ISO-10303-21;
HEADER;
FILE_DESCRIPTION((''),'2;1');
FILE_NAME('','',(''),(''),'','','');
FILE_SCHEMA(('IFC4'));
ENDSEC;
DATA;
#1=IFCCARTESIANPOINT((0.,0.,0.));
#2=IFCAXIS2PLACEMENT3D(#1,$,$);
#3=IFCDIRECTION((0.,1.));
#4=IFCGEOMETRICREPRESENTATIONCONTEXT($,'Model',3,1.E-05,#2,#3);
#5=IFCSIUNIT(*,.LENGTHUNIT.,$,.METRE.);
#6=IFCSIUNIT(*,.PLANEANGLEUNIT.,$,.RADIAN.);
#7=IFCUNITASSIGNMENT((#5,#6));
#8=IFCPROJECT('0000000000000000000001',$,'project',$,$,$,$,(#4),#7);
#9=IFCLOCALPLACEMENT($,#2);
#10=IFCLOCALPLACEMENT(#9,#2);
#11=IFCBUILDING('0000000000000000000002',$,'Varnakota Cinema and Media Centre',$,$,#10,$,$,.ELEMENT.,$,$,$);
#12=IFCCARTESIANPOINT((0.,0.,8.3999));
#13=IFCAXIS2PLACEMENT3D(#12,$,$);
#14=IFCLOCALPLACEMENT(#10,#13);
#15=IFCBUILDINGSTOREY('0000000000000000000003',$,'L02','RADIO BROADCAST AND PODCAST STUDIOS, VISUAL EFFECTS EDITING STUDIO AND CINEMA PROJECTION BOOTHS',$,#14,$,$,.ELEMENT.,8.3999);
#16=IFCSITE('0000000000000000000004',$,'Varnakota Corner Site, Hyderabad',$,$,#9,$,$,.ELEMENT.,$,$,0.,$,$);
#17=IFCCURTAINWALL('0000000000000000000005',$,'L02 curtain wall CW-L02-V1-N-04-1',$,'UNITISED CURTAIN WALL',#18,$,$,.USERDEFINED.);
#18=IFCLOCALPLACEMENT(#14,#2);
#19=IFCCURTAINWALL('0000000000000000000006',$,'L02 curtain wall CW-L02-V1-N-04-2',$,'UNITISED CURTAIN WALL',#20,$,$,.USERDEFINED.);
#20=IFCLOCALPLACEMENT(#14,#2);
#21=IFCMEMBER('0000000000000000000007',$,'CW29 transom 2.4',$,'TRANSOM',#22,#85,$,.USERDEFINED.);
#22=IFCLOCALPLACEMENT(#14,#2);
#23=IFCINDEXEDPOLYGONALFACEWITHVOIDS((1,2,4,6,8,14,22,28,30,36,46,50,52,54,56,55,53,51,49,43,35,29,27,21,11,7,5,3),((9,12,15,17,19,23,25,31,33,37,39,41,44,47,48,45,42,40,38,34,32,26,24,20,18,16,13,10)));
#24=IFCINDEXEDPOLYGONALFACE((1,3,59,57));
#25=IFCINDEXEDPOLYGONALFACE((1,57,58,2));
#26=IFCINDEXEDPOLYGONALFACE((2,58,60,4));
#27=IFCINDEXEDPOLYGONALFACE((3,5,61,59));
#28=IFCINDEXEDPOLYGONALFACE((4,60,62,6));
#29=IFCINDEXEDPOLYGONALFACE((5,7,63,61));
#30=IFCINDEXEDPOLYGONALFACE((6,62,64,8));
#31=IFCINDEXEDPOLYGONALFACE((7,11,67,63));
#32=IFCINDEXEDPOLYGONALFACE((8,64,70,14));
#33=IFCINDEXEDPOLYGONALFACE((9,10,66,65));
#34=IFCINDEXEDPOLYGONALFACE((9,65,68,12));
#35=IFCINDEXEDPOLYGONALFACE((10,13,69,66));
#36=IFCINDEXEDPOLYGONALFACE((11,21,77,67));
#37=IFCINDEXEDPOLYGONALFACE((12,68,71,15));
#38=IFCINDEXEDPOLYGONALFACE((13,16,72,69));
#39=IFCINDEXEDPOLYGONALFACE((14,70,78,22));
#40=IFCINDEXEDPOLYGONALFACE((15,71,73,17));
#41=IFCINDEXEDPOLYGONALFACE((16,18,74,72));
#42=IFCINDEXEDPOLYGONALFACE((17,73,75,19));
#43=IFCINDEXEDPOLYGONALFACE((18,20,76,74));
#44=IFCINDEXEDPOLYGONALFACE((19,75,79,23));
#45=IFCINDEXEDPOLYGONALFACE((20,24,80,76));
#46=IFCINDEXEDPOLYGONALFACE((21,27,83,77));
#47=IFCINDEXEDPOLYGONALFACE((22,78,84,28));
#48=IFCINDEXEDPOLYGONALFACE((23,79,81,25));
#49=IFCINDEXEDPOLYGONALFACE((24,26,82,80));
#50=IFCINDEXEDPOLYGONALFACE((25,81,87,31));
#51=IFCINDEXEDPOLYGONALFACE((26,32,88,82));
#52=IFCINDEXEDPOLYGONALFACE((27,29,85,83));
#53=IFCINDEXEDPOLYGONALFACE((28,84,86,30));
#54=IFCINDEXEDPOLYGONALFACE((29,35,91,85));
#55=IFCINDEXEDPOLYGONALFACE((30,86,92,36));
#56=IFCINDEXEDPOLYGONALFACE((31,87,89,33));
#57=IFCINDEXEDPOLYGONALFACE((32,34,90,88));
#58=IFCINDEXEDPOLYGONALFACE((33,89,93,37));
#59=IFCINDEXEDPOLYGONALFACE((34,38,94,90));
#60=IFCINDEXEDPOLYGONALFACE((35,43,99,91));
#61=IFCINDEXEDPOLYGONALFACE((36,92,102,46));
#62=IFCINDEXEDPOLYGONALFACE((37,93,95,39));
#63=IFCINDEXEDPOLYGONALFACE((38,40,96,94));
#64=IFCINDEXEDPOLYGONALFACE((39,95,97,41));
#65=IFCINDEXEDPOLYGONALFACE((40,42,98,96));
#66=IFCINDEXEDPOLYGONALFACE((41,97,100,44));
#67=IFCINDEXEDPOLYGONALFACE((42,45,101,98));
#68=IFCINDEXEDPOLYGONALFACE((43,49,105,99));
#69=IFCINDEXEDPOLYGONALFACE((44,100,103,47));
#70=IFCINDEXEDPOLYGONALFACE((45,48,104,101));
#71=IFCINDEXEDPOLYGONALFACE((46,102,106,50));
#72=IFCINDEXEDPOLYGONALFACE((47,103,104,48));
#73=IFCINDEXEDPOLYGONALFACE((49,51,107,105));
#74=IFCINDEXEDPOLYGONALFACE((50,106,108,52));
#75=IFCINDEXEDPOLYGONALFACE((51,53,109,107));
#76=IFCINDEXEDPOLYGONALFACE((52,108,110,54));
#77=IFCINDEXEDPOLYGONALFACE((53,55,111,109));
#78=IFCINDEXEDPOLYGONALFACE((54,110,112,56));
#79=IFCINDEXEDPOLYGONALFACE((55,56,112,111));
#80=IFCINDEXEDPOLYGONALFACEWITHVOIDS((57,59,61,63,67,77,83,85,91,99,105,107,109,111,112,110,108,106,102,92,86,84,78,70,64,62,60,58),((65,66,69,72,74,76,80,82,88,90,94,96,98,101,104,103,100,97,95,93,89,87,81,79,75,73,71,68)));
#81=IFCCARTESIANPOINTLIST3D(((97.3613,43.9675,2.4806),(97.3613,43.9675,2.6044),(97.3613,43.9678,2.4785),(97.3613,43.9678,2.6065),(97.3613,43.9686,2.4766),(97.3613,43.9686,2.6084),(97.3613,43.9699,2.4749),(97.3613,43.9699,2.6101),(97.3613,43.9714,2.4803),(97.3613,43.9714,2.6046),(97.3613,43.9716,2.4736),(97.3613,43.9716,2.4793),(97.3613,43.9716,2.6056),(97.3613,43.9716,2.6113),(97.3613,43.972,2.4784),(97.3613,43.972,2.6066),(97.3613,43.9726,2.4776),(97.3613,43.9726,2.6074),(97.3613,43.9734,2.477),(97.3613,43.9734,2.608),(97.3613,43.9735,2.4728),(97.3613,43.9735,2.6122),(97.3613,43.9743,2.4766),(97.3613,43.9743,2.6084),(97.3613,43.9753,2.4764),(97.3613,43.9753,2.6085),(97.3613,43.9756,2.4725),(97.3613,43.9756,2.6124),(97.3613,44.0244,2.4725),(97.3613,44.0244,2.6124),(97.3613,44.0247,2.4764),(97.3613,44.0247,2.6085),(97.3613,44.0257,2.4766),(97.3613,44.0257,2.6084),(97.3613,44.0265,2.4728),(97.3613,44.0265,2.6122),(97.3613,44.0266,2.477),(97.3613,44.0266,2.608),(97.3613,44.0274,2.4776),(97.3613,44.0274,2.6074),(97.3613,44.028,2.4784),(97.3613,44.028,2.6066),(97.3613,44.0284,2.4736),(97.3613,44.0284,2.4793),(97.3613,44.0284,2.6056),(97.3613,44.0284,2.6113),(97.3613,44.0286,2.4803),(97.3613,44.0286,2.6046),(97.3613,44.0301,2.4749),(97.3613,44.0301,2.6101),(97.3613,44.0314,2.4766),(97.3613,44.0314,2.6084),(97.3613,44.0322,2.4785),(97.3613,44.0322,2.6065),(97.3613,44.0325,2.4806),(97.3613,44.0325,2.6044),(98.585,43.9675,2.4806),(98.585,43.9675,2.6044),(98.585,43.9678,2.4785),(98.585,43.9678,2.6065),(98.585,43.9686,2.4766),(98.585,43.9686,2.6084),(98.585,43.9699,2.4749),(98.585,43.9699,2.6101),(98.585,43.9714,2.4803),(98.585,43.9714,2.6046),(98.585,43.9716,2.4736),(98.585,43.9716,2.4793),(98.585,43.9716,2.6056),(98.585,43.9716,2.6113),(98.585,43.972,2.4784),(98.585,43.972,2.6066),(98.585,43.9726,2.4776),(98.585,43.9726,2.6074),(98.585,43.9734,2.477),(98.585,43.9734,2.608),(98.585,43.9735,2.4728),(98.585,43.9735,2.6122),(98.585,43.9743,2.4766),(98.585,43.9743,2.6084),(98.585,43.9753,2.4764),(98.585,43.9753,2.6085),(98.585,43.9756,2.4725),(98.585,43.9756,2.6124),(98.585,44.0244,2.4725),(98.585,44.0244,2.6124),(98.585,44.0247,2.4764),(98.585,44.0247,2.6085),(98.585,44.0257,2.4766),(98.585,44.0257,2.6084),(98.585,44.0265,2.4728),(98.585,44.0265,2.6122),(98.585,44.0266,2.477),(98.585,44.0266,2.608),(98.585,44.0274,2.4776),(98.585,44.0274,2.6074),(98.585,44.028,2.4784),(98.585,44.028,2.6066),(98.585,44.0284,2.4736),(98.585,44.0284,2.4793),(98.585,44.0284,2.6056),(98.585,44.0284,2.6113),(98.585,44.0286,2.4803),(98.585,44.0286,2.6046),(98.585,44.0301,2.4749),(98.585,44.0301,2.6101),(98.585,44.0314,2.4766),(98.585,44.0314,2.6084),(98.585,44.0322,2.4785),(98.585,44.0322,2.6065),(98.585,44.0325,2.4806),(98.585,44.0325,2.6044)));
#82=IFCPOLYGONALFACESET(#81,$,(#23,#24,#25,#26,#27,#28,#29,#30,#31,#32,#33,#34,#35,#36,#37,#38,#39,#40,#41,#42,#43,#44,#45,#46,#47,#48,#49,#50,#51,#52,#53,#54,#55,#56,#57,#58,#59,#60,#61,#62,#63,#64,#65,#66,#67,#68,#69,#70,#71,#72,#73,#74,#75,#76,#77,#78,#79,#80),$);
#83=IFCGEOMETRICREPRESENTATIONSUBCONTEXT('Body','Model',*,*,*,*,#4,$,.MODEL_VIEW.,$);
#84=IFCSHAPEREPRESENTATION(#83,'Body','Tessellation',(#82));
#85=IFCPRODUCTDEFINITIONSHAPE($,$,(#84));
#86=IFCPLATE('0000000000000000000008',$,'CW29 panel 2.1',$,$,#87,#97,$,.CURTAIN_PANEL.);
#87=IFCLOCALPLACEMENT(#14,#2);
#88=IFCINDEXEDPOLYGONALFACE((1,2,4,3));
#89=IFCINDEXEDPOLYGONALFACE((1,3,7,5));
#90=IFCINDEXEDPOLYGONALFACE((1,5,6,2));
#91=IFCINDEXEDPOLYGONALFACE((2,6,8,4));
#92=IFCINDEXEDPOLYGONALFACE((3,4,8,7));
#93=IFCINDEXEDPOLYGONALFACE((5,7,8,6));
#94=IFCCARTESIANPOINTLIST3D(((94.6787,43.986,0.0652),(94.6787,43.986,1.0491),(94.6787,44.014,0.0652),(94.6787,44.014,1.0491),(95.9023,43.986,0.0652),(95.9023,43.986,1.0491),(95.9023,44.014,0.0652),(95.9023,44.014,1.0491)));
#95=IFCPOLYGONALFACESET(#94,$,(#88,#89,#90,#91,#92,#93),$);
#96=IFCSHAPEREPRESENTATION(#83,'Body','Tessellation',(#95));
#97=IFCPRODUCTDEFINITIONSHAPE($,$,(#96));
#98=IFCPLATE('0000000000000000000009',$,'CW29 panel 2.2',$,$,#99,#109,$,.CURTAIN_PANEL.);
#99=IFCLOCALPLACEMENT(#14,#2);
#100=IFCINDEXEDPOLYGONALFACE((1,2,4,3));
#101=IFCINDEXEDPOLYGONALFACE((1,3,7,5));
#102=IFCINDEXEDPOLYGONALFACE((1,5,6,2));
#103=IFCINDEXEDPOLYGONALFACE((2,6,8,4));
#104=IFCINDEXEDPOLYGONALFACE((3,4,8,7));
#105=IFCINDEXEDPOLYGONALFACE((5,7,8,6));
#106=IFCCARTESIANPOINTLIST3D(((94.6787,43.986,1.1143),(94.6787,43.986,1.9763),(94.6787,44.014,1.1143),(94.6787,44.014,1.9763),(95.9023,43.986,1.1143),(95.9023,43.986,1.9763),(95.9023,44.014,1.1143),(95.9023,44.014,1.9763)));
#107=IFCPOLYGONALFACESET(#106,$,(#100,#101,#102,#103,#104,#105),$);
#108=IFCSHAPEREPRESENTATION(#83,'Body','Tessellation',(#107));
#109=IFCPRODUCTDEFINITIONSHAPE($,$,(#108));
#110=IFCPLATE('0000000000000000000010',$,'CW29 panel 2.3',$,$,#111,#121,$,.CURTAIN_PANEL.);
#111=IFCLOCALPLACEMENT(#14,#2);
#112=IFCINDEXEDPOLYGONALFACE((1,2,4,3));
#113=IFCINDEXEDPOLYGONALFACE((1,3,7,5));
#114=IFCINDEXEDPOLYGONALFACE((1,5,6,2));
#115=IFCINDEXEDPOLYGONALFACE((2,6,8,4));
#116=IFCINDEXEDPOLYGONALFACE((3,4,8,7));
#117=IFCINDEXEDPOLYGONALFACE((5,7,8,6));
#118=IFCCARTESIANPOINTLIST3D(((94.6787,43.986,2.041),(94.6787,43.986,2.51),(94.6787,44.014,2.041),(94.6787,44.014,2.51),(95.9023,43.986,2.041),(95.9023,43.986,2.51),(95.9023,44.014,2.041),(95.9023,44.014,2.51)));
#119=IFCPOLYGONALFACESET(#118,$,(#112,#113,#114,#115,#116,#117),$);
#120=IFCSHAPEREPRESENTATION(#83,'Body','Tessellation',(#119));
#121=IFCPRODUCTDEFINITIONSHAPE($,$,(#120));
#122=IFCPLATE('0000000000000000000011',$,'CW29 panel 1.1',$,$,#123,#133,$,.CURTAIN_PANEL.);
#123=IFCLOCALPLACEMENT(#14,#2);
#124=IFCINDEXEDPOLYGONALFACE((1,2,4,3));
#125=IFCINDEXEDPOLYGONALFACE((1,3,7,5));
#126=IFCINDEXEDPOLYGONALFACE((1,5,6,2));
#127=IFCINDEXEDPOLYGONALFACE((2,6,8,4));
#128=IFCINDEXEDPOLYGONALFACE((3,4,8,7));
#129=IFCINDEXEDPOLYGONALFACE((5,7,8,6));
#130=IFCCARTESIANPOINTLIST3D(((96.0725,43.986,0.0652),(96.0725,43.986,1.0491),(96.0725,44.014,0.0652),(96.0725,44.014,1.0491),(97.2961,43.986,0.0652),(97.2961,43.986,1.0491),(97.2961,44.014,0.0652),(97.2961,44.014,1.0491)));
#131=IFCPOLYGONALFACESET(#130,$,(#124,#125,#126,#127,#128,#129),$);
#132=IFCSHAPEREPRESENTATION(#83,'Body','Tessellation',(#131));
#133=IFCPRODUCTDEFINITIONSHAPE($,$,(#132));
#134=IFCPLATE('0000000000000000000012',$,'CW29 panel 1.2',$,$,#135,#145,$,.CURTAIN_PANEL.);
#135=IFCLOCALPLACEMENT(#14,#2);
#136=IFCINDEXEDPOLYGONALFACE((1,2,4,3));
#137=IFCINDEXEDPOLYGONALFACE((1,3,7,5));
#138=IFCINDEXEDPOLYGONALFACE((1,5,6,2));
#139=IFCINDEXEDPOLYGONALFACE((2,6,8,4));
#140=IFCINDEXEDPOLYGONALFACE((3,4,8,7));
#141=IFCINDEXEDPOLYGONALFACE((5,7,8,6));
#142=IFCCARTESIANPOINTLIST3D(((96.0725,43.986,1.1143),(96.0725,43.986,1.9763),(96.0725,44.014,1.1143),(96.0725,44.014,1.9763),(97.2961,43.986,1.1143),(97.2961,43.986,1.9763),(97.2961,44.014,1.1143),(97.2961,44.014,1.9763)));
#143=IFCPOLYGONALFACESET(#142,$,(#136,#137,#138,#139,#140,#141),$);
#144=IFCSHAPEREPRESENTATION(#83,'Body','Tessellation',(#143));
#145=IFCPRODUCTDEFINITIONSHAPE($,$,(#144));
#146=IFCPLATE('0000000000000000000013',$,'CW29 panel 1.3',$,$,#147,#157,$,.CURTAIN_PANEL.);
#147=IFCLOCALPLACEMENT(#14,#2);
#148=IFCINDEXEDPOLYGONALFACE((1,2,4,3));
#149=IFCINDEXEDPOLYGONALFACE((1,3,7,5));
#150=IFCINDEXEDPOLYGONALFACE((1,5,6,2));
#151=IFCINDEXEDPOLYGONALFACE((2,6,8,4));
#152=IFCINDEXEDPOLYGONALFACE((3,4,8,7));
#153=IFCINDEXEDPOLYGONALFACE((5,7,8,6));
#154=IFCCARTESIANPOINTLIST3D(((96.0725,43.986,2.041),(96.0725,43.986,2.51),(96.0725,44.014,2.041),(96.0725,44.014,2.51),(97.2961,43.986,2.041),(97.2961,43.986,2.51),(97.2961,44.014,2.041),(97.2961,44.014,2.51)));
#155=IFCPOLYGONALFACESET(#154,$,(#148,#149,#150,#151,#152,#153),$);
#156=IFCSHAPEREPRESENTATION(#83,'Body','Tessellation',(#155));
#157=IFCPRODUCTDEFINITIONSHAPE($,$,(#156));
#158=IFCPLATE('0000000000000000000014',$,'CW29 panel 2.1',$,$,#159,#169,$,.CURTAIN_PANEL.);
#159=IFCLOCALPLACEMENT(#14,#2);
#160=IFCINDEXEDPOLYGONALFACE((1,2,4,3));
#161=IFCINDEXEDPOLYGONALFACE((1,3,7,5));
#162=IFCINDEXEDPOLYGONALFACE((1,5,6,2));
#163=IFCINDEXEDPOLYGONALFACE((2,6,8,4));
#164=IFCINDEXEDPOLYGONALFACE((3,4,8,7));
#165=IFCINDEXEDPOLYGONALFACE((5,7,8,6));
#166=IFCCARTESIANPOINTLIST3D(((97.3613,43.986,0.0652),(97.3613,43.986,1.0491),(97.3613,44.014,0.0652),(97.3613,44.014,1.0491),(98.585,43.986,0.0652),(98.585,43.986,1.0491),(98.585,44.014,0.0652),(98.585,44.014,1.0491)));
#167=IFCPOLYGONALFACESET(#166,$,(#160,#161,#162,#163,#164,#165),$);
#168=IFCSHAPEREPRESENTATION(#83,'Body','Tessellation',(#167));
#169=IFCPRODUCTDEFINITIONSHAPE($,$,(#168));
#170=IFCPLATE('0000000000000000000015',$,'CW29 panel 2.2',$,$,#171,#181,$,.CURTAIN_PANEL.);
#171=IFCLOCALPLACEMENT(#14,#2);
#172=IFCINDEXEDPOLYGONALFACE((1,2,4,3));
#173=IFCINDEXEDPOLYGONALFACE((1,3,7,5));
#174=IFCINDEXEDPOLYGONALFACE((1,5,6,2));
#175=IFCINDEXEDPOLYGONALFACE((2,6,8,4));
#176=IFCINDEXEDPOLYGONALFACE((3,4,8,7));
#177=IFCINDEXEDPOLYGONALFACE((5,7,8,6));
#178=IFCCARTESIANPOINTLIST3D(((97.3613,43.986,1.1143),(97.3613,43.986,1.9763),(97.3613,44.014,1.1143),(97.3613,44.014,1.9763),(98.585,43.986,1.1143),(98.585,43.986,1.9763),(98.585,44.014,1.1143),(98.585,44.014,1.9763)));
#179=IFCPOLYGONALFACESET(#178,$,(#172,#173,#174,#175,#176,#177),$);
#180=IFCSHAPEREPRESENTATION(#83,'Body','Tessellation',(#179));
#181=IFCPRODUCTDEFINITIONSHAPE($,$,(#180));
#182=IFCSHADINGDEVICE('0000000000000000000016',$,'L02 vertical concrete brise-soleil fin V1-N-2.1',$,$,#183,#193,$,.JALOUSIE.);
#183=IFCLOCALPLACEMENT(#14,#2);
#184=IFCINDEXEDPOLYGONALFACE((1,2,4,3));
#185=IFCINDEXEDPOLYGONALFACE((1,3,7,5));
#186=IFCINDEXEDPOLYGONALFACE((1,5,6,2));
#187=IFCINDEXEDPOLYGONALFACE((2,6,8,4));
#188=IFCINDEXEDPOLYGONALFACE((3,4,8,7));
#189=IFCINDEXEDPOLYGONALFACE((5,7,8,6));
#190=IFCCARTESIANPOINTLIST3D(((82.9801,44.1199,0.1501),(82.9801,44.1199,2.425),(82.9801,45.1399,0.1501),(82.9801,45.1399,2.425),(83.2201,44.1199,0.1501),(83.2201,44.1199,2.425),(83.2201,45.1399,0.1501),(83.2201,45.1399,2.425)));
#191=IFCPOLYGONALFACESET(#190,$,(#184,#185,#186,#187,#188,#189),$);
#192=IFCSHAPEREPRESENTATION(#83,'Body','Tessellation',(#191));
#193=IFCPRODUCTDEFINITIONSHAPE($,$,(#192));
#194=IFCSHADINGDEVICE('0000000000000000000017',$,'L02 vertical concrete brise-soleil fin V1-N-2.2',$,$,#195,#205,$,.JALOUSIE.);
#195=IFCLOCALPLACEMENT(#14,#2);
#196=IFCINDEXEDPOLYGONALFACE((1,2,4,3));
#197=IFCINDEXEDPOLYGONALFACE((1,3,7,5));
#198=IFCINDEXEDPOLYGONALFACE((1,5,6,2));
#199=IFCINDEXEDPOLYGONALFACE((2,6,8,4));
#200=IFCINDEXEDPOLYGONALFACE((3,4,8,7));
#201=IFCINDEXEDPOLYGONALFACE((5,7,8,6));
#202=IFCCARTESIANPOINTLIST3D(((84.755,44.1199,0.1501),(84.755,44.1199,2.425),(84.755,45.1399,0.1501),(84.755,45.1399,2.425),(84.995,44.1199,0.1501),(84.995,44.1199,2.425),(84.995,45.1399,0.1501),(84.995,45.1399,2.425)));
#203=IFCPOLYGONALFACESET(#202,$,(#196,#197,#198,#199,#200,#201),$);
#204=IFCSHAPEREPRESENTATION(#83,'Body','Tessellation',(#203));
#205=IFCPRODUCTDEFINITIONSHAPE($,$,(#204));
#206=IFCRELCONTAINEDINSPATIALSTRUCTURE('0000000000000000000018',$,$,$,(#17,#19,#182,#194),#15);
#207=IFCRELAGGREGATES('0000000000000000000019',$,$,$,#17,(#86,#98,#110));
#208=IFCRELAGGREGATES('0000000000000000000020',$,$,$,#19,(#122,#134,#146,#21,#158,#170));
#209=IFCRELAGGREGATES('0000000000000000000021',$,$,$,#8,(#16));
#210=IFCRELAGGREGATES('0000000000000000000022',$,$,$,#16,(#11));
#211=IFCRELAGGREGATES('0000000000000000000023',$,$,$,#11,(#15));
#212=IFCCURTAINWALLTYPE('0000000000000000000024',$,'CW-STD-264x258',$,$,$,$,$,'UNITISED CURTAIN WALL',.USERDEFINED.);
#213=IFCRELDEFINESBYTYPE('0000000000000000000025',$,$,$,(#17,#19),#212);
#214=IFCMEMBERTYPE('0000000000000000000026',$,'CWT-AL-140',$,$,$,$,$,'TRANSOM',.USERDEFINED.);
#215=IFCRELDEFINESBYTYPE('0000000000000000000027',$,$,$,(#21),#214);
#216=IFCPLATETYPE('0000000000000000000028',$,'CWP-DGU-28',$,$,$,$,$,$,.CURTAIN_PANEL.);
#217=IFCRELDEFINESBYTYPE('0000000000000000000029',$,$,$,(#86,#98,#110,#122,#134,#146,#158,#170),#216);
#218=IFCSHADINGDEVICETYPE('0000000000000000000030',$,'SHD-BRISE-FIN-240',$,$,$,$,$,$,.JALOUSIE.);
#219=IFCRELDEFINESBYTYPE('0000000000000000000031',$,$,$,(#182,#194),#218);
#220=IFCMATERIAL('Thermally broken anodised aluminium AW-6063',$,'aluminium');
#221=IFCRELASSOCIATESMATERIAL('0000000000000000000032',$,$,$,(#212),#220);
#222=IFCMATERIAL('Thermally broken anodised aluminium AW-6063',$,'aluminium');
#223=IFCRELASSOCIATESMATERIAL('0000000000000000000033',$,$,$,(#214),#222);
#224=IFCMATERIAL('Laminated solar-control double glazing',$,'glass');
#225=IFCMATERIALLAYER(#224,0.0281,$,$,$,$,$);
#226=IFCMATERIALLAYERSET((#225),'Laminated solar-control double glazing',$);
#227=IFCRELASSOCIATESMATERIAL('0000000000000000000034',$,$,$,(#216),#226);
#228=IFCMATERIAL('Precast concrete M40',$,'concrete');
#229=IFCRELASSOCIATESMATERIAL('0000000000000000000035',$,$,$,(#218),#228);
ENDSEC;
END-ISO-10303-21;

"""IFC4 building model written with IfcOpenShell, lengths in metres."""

from ifc_helpers import new_model, si_unit, direction, frame, origin, origin_2d, place, context, subcontext, project, spatial, rectangle, hollow_rectangle, extrude, material, layer, layer_set, material_profile, profile_set, type_object, element, aggregate, save


model = new_model("IFC4")

# Units and contexts
model_context = context("Model", 3, precision=1e-05, world=origin(), true_north=direction((0.0, 1.0)))
body_context = subcontext(model_context, "Body", "Model", "MODEL_VIEW")
ifc_project = project(units=[si_unit("LENGTHUNIT", "METRE"), si_unit("PLANEANGLEUNIT", "RADIAN")], contexts=[model_context])

# Site, building, storey
site_placement = place(None, origin())
site = spatial("IfcSite", under=ifc_project, at=site_placement, Name="Varnakota Corner Site, Hyderabad", CompositionType="ELEMENT", RefElevation=0.0)
building_placement = place(site_placement, origin())
building = spatial("IfcBuilding", under=site, at=building_placement, Name="Varnakota Cinema and Media Centre", CompositionType="ELEMENT")
storey_placement = place(building_placement, frame((0.0, 0.0, 8.3999)))
storey = spatial("IfcBuildingStorey", under=building, at=storey_placement, Name="L02", Description="RADIO BROADCAST AND PODCAST STUDIOS, VISUAL EFFECTS EDITING STUDIO AND CINEMA PROJECTION BOOTHS", CompositionType="ELEMENT", Elevation=8.3999)

# Curtain wall
ifc_material_1 = material(Name="Thermally broken anodised aluminium AW-6063", Category="aluminium")
curtain_wall_type = type_object("IfcCurtainWallType", Name="CW-STD-264x258", ElementType="UNITISED CURTAIN WALL", PredefinedType="USERDEFINED", material=ifc_material_1)
curtain_wall_1_placement = place(storey_placement, origin())
curtain_wall_1 = element("IfcCurtainWall", 1, at=curtain_wall_1_placement, inside=storey, type_object=curtain_wall_type, Name="L02 curtain wall CW-L02-V1-N-04-1", ObjectType="UNITISED CURTAIN WALL", PredefinedType="USERDEFINED")

# Curtain wall
curtain_wall_2_placement = place(storey_placement, origin())
curtain_wall_2 = element("IfcCurtainWall", 2, at=curtain_wall_2_placement, inside=storey, type_object=curtain_wall_type, Name="L02 curtain wall CW-L02-V1-N-04-2", ObjectType="UNITISED CURTAIN WALL", PredefinedType="USERDEFINED")

# Member
ifc_material_2 = material(Name="Thermally broken anodised aluminium AW-6063", Category="aluminium")
ifc_material_profile_1 = material_profile(ifc_material_2, hollow_rectangle(XDim=0.0649, YDim=0.1399, WallThickness=0.0039, InnerFilletRadius=0.0039, OuterFilletRadius=0.0081, at=origin_2d()), Name="AL-TRANSOM 140x65x4")
ifc_profile_set_1 = profile_set([ifc_material_profile_1], Name="Thermally broken anodised aluminium AW-6063")
member_type_1 = type_object("IfcMemberType", Name="CWT-AL-140", ElementType="TRANSOM", PredefinedType="USERDEFINED", material=ifc_profile_set_1)
member_1_placement = place(storey_placement, frame((97.3613, 44.0, 2.5425), z_axis=(1.0, 0.0, 0.0), x_axis=(0.0, 1.0, 0.0)))
member_1 = element("IfcMember", 3, at=member_1_placement, type_object=member_type_1, Name="CW29 transom 2.4", ObjectType="TRANSOM", PredefinedType="USERDEFINED", context=body_context, shape_type="SweptSolid", body=[
    extrude(hollow_rectangle(XDim=0.0649, YDim=0.1399, WallThickness=0.0039, InnerFilletRadius=0.0039, OuterFilletRadius=0.0081, at=origin_2d()), origin(), (0.0, 0.0, 1.0), 1.2236),
])

# Plates
ifc_material_3 = material(Name="Laminated solar-control double glazing", Category="glass")
ifc_layer = layer(ifc_material_3, 0.0281)
ifc_layer_set = layer_set([ifc_layer], Name="Laminated solar-control double glazing")
plate_type = type_object("IfcPlateType", Name="CWP-DGU-28", PredefinedType="CURTAIN_PANEL", material=ifc_layer_set)
plate_1_placement = place(storey_placement, frame((95.2905, 44.0, 0.0652), z_axis=(0.0, 0.0, 1.0), x_axis=(1.0, 0.0, 0.0)))
plate_1 = element("IfcPlate", 4, at=plate_1_placement, type_object=plate_type, Name="CW29 panel 2.1", PredefinedType="CURTAIN_PANEL", context=body_context, shape_type="SweptSolid", body=[
    extrude(rectangle(XDim=1.2236, YDim=0.0281, at=origin_2d()), origin(), (0.0, 0.0, 1.0), 0.9839),
])
plate_2_placement = place(storey_placement, frame((95.2905, 44.0, 1.1143), z_axis=(0.0, 0.0, 1.0), x_axis=(1.0, 0.0, 0.0)))
plate_2 = element("IfcPlate", 5, at=plate_2_placement, type_object=plate_type, Name="CW29 panel 2.2", PredefinedType="CURTAIN_PANEL", context=body_context, shape_type="SweptSolid", body=[
    extrude(rectangle(XDim=1.2236, YDim=0.0281, at=origin_2d()), origin(), (0.0, 0.0, 1.0), 0.8621),
])
plate_3_placement = place(storey_placement, frame((95.2905, 44.0, 2.041), z_axis=(0.0, 0.0, 1.0), x_axis=(1.0, 0.0, 0.0)))
plate_3 = element("IfcPlate", 6, at=plate_3_placement, type_object=plate_type, Name="CW29 panel 2.3", PredefinedType="CURTAIN_PANEL", context=body_context, shape_type="SweptSolid", body=[
    extrude(rectangle(XDim=1.2236, YDim=0.0281, at=origin_2d()), origin(), (0.0, 0.0, 1.0), 0.469),
])
aggregate(curtain_wall_1, [plate_1, plate_2, plate_3])
plate_4_placement = place(storey_placement, frame((96.6843, 44.0, 0.0652), z_axis=(0.0, 0.0, 1.0), x_axis=(1.0, 0.0, 0.0)))
plate_4 = element("IfcPlate", 7, at=plate_4_placement, type_object=plate_type, Name="CW29 panel 1.1", PredefinedType="CURTAIN_PANEL", context=body_context, shape_type="SweptSolid", body=[
    extrude(rectangle(XDim=1.2236, YDim=0.0281, at=origin_2d()), origin(), (0.0, 0.0, 1.0), 0.9839),
])
plate_5_placement = place(storey_placement, frame((96.6843, 44.0, 1.1143), z_axis=(0.0, 0.0, 1.0), x_axis=(1.0, 0.0, 0.0)))
plate_5 = element("IfcPlate", 8, at=plate_5_placement, type_object=plate_type, Name="CW29 panel 1.2", PredefinedType="CURTAIN_PANEL", context=body_context, shape_type="SweptSolid", body=[
    extrude(rectangle(XDim=1.2236, YDim=0.0281, at=origin_2d()), origin(), (0.0, 0.0, 1.0), 0.8621),
])
plate_6_placement = place(storey_placement, frame((96.6843, 44.0, 2.041), z_axis=(0.0, 0.0, 1.0), x_axis=(1.0, 0.0, 0.0)))
plate_6 = element("IfcPlate", 9, at=plate_6_placement, type_object=plate_type, Name="CW29 panel 1.3", PredefinedType="CURTAIN_PANEL", context=body_context, shape_type="SweptSolid", body=[
    extrude(rectangle(XDim=1.2236, YDim=0.0281, at=origin_2d()), origin(), (0.0, 0.0, 1.0), 0.469),
])
plate_7_placement = place(storey_placement, frame((97.9731, 44.0, 0.0652), z_axis=(0.0, 0.0, 1.0), x_axis=(1.0, 0.0, 0.0)))
plate_7 = element("IfcPlate", 10, at=plate_7_placement, type_object=plate_type, Name="CW29 panel 2.1", PredefinedType="CURTAIN_PANEL", context=body_context, shape_type="SweptSolid", body=[
    extrude(rectangle(XDim=1.2236, YDim=0.0281, at=origin_2d()), origin(), (0.0, 0.0, 1.0), 0.9839),
])
plate_8_placement = place(storey_placement, frame((97.9731, 44.0, 1.1143), z_axis=(0.0, 0.0, 1.0), x_axis=(1.0, 0.0, 0.0)))
plate_8 = element("IfcPlate", 11, at=plate_8_placement, type_object=plate_type, Name="CW29 panel 2.2", PredefinedType="CURTAIN_PANEL", context=body_context, shape_type="SweptSolid", body=[
    extrude(rectangle(XDim=1.2236, YDim=0.0281, at=origin_2d()), origin(), (0.0, 0.0, 1.0), 0.8621),
])
aggregate(curtain_wall_2, [plate_4, plate_5, plate_6, member_1, plate_7, plate_8])

# Shading devices
ifc_material_4 = material(Name="Precast concrete M40", Category="concrete")
shading_device_type = type_object("IfcShadingDeviceType", Name="SHD-BRISE-FIN-240", PredefinedType="JALOUSIE", material=ifc_material_4)
for number, where, z_axis, x_axis, name in (
    (12, (83.1001, 44.6299, 0.1501), (0.0, 0.0, 1.0), (1.0, 0.0, 0.0), "L02 vertical concrete brise-soleil fin V1-N-2.1"),
    (13, (84.875, 44.6299, 0.1501), (0.0, 0.0, 1.0), (1.0, 0.0, 0.0), "L02 vertical concrete brise-soleil fin V1-N-2.2"),
):
    element("IfcShadingDevice", number, at=place(storey_placement, frame(where, z_axis=z_axis, x_axis=x_axis)), inside=storey, type_object=shading_device_type, Name=name, PredefinedType="JALOUSIE", context=body_context, shape_type="SweptSolid", body=[
        extrude(rectangle(XDim=0.24, YDim=1.02, at=origin_2d()), origin(), (0.0, 0.0, 1.0), 2.2749),
    ])

save(model, "model.ifc")
